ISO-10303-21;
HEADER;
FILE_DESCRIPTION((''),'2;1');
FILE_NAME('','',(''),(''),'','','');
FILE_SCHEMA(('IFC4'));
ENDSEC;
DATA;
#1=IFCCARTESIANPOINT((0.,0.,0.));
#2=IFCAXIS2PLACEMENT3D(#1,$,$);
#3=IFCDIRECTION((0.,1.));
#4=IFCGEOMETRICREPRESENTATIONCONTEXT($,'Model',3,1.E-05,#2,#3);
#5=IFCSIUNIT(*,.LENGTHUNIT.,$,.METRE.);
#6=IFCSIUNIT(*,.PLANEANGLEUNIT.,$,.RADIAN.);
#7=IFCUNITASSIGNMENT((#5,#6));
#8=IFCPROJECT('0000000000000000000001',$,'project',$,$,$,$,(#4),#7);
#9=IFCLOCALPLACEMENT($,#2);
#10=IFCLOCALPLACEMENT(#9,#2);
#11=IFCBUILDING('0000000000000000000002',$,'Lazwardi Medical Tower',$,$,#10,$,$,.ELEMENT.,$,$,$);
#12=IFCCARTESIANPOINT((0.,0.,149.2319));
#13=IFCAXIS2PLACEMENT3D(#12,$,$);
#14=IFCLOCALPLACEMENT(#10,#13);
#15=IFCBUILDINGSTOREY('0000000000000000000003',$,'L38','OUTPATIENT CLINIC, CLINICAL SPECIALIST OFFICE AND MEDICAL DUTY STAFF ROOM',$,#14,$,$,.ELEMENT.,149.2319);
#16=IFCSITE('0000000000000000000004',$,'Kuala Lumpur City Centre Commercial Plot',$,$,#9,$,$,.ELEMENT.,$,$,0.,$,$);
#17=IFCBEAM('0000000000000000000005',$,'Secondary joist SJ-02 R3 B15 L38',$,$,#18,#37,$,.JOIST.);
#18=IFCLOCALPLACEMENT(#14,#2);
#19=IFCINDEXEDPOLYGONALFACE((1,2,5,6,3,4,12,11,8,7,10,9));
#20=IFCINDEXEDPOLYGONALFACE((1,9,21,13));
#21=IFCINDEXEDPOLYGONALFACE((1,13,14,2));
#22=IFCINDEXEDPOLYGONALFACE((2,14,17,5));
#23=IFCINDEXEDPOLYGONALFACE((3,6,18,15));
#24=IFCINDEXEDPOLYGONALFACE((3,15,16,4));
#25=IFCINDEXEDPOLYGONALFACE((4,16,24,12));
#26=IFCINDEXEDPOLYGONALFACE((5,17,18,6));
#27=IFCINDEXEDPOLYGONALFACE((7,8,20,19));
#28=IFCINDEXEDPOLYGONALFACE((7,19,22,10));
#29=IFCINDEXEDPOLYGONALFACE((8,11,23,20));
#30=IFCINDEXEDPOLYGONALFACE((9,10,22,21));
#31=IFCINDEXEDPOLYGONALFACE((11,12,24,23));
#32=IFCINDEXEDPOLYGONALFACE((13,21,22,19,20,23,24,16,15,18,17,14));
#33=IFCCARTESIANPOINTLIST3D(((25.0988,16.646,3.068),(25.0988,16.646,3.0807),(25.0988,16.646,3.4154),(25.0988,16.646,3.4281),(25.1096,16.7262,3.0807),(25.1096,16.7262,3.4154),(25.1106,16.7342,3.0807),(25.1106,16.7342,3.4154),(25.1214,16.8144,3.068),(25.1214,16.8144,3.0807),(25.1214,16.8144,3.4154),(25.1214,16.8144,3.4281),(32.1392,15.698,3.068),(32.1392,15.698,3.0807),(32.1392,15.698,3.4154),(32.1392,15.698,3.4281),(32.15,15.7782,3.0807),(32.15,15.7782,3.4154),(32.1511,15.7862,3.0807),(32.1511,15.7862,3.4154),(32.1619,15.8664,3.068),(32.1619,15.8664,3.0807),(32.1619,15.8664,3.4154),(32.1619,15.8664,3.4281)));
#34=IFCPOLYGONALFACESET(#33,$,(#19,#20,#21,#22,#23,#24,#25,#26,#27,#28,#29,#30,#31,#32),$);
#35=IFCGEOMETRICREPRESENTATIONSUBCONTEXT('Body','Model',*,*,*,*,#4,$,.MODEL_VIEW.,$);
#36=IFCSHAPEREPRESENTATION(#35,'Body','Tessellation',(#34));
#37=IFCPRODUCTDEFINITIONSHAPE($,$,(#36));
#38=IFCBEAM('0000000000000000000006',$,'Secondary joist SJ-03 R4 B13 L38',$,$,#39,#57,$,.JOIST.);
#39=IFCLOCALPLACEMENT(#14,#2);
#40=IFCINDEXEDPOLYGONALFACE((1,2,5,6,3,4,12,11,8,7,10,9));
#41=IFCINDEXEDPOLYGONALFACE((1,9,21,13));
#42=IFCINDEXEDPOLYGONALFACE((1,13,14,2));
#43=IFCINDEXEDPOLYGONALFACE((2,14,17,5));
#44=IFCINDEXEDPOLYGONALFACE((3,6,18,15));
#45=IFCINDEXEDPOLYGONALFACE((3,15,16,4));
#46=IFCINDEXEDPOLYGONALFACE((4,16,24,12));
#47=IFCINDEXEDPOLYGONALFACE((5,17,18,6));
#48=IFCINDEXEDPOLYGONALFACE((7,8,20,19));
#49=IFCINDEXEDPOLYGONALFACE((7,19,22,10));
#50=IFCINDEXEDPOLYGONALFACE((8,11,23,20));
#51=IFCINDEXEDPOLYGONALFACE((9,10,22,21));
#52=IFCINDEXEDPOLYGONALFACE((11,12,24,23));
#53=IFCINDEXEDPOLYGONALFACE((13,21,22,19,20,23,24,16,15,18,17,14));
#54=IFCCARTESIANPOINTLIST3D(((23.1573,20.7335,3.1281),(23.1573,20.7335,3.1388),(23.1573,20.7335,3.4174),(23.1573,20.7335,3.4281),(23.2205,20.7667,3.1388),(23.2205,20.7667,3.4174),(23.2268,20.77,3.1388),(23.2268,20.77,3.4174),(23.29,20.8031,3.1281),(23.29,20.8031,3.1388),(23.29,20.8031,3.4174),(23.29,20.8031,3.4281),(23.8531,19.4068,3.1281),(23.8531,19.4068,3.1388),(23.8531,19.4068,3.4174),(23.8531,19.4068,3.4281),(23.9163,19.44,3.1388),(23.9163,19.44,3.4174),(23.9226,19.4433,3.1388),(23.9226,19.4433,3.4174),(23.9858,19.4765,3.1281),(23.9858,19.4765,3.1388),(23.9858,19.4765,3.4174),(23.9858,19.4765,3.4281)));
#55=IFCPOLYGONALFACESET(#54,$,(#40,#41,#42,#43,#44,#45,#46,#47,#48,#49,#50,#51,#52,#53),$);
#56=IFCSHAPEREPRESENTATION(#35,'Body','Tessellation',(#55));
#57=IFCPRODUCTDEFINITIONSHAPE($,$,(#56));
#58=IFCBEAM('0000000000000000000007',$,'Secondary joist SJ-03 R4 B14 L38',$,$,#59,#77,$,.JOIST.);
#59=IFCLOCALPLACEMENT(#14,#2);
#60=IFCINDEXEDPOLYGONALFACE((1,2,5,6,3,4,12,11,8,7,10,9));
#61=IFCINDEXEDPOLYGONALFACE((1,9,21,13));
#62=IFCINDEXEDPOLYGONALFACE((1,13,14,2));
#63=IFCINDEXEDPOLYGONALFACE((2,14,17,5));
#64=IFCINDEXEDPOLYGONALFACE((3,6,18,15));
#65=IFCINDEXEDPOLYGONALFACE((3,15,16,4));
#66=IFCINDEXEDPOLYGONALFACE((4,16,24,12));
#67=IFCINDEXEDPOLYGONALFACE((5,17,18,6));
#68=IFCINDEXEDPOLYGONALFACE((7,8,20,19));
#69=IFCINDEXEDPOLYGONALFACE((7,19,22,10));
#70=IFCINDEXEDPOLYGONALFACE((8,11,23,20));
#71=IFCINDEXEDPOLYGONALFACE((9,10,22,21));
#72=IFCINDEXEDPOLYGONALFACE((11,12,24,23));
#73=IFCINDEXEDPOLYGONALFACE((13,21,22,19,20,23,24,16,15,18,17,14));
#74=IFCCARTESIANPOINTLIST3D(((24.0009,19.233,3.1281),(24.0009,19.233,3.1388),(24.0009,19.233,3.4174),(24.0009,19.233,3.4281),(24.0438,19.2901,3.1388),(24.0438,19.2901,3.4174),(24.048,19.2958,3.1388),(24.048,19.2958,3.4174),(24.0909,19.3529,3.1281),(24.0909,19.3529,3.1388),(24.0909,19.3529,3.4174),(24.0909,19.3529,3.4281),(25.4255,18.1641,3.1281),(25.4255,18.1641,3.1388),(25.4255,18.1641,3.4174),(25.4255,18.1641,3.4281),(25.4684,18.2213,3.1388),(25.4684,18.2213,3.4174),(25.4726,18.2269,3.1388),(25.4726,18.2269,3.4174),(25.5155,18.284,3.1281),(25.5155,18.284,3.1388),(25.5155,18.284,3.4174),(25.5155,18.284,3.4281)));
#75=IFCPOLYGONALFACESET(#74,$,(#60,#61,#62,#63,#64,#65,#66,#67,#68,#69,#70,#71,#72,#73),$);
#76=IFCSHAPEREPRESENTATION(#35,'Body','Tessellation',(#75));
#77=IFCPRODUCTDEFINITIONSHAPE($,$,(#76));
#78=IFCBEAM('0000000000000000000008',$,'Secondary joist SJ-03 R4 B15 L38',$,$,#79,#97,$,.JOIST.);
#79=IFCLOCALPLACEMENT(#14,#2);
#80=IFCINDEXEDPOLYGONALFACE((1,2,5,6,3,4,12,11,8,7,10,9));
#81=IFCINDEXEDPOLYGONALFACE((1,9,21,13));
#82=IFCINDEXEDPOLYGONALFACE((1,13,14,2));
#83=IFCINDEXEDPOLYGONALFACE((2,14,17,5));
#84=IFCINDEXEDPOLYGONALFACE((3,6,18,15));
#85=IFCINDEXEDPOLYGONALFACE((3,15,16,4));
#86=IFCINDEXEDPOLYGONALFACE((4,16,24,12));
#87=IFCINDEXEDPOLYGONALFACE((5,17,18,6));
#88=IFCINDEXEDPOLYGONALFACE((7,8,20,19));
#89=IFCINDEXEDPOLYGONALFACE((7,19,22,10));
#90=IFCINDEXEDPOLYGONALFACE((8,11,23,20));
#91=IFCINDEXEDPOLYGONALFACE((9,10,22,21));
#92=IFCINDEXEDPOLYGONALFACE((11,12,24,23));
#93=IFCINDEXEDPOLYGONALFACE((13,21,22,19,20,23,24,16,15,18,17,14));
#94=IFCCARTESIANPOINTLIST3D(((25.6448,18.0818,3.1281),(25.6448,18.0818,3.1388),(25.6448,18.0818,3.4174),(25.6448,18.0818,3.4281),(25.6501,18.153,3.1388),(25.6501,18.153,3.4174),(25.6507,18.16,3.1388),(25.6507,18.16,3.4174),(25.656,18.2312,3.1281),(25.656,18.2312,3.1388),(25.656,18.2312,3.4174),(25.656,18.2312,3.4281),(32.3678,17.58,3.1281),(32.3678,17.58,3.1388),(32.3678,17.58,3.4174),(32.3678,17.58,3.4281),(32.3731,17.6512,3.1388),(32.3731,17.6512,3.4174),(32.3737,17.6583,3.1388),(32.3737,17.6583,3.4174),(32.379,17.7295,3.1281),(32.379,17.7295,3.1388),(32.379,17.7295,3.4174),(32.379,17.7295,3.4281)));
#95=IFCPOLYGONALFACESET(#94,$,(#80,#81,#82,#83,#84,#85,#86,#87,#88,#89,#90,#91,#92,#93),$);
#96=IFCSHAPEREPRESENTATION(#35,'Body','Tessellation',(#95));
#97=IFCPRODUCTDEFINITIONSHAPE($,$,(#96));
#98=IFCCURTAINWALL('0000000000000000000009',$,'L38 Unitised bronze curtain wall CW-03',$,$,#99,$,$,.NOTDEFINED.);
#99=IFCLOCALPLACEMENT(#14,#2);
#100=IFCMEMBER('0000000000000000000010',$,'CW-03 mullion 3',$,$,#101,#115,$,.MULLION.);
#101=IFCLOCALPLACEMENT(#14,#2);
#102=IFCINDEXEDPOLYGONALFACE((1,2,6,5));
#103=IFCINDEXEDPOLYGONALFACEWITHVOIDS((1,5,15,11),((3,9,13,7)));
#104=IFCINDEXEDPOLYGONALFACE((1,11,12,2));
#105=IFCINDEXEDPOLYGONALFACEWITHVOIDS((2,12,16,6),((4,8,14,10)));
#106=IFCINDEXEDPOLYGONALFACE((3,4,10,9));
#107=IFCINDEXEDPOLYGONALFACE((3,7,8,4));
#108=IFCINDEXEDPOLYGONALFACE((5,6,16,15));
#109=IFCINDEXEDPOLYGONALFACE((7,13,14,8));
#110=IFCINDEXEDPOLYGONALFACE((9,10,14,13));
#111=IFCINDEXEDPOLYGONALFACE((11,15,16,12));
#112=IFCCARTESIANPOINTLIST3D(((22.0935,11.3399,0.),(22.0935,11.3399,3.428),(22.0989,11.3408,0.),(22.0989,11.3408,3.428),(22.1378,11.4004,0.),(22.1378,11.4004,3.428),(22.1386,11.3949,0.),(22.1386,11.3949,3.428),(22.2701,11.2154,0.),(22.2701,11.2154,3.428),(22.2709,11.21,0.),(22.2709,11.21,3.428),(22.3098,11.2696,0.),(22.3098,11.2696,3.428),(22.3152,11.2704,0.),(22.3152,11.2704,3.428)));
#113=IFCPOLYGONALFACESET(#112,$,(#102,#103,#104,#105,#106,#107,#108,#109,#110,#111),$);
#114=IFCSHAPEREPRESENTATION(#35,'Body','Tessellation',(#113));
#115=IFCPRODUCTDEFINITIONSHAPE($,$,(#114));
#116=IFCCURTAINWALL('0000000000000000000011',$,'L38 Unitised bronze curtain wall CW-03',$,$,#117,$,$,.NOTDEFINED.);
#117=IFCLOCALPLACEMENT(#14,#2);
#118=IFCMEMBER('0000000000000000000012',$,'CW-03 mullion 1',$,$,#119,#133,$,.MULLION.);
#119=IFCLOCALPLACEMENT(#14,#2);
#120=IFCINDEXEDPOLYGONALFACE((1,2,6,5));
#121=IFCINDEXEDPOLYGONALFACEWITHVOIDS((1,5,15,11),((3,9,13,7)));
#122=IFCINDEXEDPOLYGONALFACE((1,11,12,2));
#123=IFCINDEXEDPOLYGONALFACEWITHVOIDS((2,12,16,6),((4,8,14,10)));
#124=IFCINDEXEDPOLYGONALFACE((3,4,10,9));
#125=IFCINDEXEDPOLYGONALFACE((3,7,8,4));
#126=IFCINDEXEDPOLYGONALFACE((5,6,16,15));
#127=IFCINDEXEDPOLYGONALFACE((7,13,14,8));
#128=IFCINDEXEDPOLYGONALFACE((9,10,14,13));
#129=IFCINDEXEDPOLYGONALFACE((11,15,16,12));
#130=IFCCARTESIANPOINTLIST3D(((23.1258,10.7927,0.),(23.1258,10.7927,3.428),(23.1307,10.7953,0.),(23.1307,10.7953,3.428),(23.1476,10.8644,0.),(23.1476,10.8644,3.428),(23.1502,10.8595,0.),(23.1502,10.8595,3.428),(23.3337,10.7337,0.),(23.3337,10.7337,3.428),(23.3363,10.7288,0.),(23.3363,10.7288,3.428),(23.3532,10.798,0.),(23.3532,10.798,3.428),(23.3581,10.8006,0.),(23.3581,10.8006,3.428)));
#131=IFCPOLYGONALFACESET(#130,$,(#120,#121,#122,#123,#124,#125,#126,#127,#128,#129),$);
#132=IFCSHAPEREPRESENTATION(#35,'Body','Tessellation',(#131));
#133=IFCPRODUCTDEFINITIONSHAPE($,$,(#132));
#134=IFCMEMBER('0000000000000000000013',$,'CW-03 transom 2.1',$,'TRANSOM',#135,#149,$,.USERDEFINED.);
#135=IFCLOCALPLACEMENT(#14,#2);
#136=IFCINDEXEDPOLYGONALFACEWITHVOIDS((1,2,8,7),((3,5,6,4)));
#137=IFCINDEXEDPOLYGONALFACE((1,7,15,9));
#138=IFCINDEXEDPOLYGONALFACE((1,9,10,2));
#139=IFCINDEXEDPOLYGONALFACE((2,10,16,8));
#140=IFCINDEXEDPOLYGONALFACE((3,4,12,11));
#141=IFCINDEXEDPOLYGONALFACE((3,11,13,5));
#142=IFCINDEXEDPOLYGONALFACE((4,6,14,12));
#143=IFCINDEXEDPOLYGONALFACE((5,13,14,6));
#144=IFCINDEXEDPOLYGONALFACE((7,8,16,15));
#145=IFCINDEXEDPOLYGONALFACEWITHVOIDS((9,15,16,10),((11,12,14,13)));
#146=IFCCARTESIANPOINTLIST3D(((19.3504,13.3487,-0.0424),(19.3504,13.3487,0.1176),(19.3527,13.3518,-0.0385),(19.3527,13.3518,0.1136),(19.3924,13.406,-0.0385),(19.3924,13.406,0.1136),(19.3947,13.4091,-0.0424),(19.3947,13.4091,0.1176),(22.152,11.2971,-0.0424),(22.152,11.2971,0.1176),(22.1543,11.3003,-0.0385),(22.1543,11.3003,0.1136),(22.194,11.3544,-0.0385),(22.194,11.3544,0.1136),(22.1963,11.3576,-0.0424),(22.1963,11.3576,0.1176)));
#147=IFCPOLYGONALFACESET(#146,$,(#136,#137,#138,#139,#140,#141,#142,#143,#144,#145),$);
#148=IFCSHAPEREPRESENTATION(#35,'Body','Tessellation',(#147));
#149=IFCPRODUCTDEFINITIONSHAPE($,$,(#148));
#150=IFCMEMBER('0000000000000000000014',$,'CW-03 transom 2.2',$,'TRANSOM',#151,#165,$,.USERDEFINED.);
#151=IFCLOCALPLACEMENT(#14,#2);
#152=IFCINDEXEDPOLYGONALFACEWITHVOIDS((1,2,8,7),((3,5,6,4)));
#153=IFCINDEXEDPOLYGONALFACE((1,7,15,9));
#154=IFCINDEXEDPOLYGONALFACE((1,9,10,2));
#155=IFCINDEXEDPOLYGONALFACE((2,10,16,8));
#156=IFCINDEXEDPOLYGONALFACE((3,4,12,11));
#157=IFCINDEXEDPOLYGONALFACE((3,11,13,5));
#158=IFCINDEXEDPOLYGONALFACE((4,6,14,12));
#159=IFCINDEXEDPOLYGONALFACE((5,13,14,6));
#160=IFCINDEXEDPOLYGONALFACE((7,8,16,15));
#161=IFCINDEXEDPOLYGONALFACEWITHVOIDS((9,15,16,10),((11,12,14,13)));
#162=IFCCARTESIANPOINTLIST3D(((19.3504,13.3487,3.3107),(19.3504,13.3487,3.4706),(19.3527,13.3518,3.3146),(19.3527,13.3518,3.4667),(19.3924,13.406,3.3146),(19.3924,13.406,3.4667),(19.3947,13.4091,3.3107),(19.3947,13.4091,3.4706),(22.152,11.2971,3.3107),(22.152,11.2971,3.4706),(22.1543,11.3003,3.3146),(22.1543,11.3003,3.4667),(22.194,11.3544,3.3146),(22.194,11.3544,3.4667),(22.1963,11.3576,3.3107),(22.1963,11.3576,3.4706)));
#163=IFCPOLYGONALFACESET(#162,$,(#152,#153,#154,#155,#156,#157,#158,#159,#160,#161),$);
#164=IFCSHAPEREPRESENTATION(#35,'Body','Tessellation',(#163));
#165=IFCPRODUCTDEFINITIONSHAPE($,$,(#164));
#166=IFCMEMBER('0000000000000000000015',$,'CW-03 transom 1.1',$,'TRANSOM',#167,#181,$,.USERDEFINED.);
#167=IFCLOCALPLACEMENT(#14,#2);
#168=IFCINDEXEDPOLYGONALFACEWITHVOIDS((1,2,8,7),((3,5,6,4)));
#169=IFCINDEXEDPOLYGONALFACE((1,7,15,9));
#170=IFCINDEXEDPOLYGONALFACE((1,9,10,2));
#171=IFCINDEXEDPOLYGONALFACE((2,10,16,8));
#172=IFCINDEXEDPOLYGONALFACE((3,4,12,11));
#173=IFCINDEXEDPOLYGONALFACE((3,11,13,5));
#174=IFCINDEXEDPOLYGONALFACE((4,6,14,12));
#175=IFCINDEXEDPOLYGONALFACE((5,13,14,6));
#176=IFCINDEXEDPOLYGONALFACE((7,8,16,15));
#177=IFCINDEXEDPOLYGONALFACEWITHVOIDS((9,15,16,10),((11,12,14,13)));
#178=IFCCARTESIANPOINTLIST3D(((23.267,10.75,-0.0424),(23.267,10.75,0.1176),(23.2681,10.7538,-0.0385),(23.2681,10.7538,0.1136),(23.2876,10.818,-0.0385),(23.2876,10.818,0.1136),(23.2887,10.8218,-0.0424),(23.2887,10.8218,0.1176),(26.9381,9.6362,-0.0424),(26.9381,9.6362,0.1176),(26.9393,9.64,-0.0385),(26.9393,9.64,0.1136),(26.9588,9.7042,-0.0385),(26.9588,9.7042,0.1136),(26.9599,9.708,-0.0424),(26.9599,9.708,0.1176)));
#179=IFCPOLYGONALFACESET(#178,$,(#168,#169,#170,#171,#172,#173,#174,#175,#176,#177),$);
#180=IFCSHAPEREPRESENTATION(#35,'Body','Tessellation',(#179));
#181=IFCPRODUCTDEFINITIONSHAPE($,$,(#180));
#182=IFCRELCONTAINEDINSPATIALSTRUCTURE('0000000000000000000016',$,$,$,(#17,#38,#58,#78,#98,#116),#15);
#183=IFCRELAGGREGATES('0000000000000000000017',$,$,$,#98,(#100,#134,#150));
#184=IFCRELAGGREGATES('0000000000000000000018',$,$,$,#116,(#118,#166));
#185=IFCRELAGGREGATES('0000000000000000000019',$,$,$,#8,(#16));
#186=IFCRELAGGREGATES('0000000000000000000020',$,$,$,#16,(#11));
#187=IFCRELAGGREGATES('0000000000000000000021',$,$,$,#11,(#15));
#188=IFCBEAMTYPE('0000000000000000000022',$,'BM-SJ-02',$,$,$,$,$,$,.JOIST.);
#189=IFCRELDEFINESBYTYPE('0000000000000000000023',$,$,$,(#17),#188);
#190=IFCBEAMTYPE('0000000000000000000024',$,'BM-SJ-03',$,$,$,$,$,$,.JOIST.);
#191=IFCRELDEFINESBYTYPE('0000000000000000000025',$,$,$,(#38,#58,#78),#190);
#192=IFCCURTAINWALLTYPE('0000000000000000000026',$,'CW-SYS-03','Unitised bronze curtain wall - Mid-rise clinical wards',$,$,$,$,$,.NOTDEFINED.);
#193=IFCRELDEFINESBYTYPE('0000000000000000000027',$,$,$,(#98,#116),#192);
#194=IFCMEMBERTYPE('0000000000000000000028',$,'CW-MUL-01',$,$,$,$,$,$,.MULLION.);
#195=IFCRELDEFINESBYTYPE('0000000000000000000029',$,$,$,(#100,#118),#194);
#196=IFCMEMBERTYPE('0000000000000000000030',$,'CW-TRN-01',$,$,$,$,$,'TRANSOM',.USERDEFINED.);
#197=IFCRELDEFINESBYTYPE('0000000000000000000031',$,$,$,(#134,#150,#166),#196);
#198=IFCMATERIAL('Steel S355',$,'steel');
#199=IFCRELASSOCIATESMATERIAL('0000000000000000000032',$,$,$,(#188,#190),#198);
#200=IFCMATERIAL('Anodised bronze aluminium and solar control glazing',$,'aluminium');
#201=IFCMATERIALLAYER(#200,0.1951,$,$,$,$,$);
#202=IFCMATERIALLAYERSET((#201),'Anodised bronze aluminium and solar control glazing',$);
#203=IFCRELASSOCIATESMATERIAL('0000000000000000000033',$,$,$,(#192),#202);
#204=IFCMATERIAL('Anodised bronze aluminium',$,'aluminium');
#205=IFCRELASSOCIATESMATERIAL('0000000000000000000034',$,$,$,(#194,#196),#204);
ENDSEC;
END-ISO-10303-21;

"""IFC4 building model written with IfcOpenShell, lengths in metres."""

from ifc_helpers import new_model, si_unit, direction, frame, origin, origin_2d, place, context, subcontext, project, spatial, hollow_rectangle, i_section, extrude, material, layer, layer_set, material_profile, profile_set, type_object, element, aggregate, save


model = new_model("IFC4")

# Units and contexts
model_context = context("Model", 3, precision=1e-05, world=origin(), true_north=direction((0.0, 1.0)))
body_context = subcontext(model_context, "Body", "Model", "MODEL_VIEW")
ifc_project = project(units=[si_unit("LENGTHUNIT", "METRE"), si_unit("PLANEANGLEUNIT", "RADIAN")], contexts=[model_context])

# Site, building, storey
site_placement = place(None, origin())
site = spatial("IfcSite", under=ifc_project, at=site_placement, Name="Kuala Lumpur City Centre Commercial Plot", CompositionType="ELEMENT", RefElevation=0.0)
building_placement = place(site_placement, origin())
building = spatial("IfcBuilding", under=site, at=building_placement, Name="Lazwardi Medical Tower", CompositionType="ELEMENT")
storey_placement = place(building_placement, frame((0.0, 0.0, 149.2319)))
storey = spatial("IfcBuildingStorey", under=building, at=storey_placement, Name="L38", Description="OUTPATIENT CLINIC, CLINICAL SPECIALIST OFFICE AND MEDICAL DUTY STAFF ROOM", CompositionType="ELEMENT", Elevation=149.2319)

# Beams
ifc_material_1 = material(Name="Steel S355", Category="steel")
ifc_material_profile_1 = material_profile(ifc_material_1, i_section(OverallWidth=0.1699, OverallDepth=0.3601, WebThickness=0.0081, FlangeThickness=0.0127, at=origin_2d()), Name="IPE 360")
ifc_profile_set_1 = profile_set([ifc_material_profile_1], Name="Steel S355")
beam_type_1 = type_object("IfcBeamType", Name="BM-SJ-02", PredefinedType="JOIST", material=ifc_profile_set_1)
beam_1_placement = place(storey_placement, frame((25.1101, 16.7302, 3.248), z_axis=(0.991056, -0.133444, 0.0), x_axis=(0.133444, 0.991056, 0.0)))
element("IfcBeam", 1, at=beam_1_placement, inside=storey, type_object=beam_type_1, Name="Secondary joist SJ-02 R3 B15 L38", PredefinedType="JOIST", context=body_context, shape_type="SweptSolid", body=[
    extrude(i_section(OverallWidth=0.1699, OverallDepth=0.3601, WebThickness=0.0081, FlangeThickness=0.0127, at=origin_2d()), origin(), (0.0, 0.0, 1.0), 7.104),
])
ifc_material_profile_2 = material_profile(ifc_material_1, i_section(OverallWidth=0.1499, OverallDepth=0.3, WebThickness=0.0071, FlangeThickness=0.0107, at=origin_2d()), Name="IPE 300")
ifc_profile_set_2 = profile_set([ifc_material_profile_2], Name="Steel S355")
beam_type_2 = type_object("IfcBeamType", Name="BM-SJ-03", PredefinedType="JOIST", material=ifc_profile_set_2)
beam_2_placement = place(storey_placement, frame((23.2236, 20.7683, 3.2781), z_axis=(0.46447, -0.885589, 0.0), x_axis=(0.885589, 0.46447, 0.0)))
element("IfcBeam", 2, at=beam_2_placement, inside=storey, type_object=beam_type_2, Name="Secondary joist SJ-03 R4 B13 L38", PredefinedType="JOIST", context=body_context, shape_type="SweptSolid", body=[
    extrude(i_section(OverallWidth=0.1499, OverallDepth=0.3, WebThickness=0.0071, FlangeThickness=0.0107, at=origin_2d()), origin(), (0.0, 0.0, 1.0), 1.498),
])
beam_3_placement = place(storey_placement, frame((24.0459, 19.293, 3.2781), z_axis=(0.799885, -0.600154, 0.0), x_axis=(0.600154, 0.799885, 0.0)))
element("IfcBeam", 3, at=beam_3_placement, inside=storey, type_object=beam_type_2, Name="Secondary joist SJ-03 R4 B14 L38", PredefinedType="JOIST", context=body_context, shape_type="SweptSolid", body=[
    extrude(i_section(OverallWidth=0.1499, OverallDepth=0.3, WebThickness=0.0071, FlangeThickness=0.0107, at=origin_2d()), origin(), (0.0, 0.0, 1.0), 1.781),
])
beam_4_placement = place(storey_placement, frame((25.6504, 18.1565, 3.2781), z_axis=(0.997227, -0.07442, 0.0), x_axis=(0.07442, 0.997227, 0.0)))
element("IfcBeam", 4, at=beam_4_placement, inside=storey, type_object=beam_type_2, Name="Secondary joist SJ-03 R4 B15 L38", PredefinedType="JOIST", context=body_context, shape_type="SweptSolid", body=[
    extrude(i_section(OverallWidth=0.1499, OverallDepth=0.3, WebThickness=0.0071, FlangeThickness=0.0107, at=origin_2d()), origin(), (0.0, 0.0, 1.0), 6.7417),
])

# Curtain walls, members
ifc_material_2 = material(Name="Anodised bronze aluminium and solar control glazing", Category="aluminium")
ifc_layer_1 = layer(ifc_material_2, 0.1951)
ifc_layer_set_1 = layer_set([ifc_layer_1], Name="Anodised bronze aluminium and solar control glazing")
curtain_wall_type = type_object("IfcCurtainWallType", Name="CW-SYS-03", Description="Unitised bronze curtain wall - Mid-rise clinical wards", PredefinedType="NOTDEFINED", material=ifc_layer_set_1)
curtain_wall_1_placement = place(storey_placement, origin())
curtain_wall_1 = element("IfcCurtainWall", 5, at=curtain_wall_1_placement, inside=storey, type_object=curtain_wall_type, Name="L38 Unitised bronze curtain wall CW-03", PredefinedType="NOTDEFINED")
ifc_material_3 = material(Name="Anodised bronze aluminium", Category="aluminium")
ifc_material_profile_3 = material_profile(ifc_material_3, hollow_rectangle(XDim=0.075, YDim=0.22, WallThickness=0.0039, at=origin_2d()), Name="ALU-MULLION 220x75x4")
ifc_profile_set_3 = profile_set([ifc_material_profile_3], Name="Anodised bronze aluminium")
member_type_1 = type_object("IfcMemberType", Name="CW-MUL-01", PredefinedType="MULLION", material=ifc_profile_set_3)
member_1_placement = place(storey_placement, frame((22.2043, 11.3052, 0.0), z_axis=(0.0, 0.0, 1.0), x_axis=(0.590834, 0.806793, 0.0)))
member_1 = element("IfcMember", 6, at=member_1_placement, type_object=member_type_1, Name="CW-03 mullion 3", PredefinedType="MULLION", context=body_context, shape_type="SweptSolid", body=[
    extrude(hollow_rectangle(XDim=0.075, YDim=0.22, WallThickness=0.0039, at=origin_2d()), origin(), (0.0, 0.0, 1.0), 3.428),
])
curtain_wall_2_placement = place(storey_placement, origin())
curtain_wall_2 = element("IfcCurtainWall", 7, at=curtain_wall_2_placement, inside=storey, type_object=curtain_wall_type, Name="L38 Unitised bronze curtain wall CW-03", PredefinedType="NOTDEFINED")
member_2_placement = place(storey_placement, frame((23.2419, 10.7966, 0.0), z_axis=(0.0, 0.0, 1.0), x_axis=(0.290281, 0.956942, 0.0)))
member_2 = element("IfcMember", 8, at=member_2_placement, type_object=member_type_1, Name="CW-03 mullion 1", PredefinedType="MULLION", context=body_context, shape_type="SweptSolid", body=[
    extrude(hollow_rectangle(XDim=0.075, YDim=0.22, WallThickness=0.0039, at=origin_2d()), origin(), (0.0, 0.0, 1.0), 3.428),
])

# Members
ifc_material_profile_4 = material_profile(ifc_material_3, hollow_rectangle(XDim=0.075, YDim=0.1599, WallThickness=0.0039, at=origin_2d()), Name="ALU-TRANSOM 160x75x4")
ifc_profile_set_4 = profile_set([ifc_material_profile_4], Name="Anodised bronze aluminium")
member_type_2 = type_object("IfcMemberType", Name="CW-TRN-01", ElementType="TRANSOM", PredefinedType="USERDEFINED", material=ifc_profile_set_4)
member_3_placement = place(storey_placement, frame((19.3726, 13.3789, 0.0376), z_axis=(0.806807, -0.590815, 0.0), x_axis=(0.590815, 0.806807, 0.0)))
member_3 = element("IfcMember", 9, at=member_3_placement, type_object=member_type_2, Name="CW-03 transom 2.1", ObjectType="TRANSOM", PredefinedType="USERDEFINED", context=body_context, shape_type="SweptSolid", body=[
    extrude(hollow_rectangle(XDim=0.075, YDim=0.1599, WallThickness=0.0039, at=origin_2d()), origin(), (0.0, 0.0, 1.0), 3.4724),
])
member_4_placement = place(storey_placement, frame((19.3726, 13.3789, 3.3906), z_axis=(0.806807, -0.590815, 0.0), x_axis=(0.590815, 0.806807, 0.0)))
member_4 = element("IfcMember", 10, at=member_4_placement, type_object=member_type_2, Name="CW-03 transom 2.2", ObjectType="TRANSOM", PredefinedType="USERDEFINED", context=body_context, shape_type="SweptSolid", body=[
    extrude(hollow_rectangle(XDim=0.075, YDim=0.1599, WallThickness=0.0039, at=origin_2d()), origin(), (0.0, 0.0, 1.0), 3.4724),
])
member_5_placement = place(storey_placement, frame((23.2778, 10.7859, 0.0376), z_axis=(0.95693, -0.290318, 0.0), x_axis=(0.290318, 0.95693, 0.0)))
member_5 = element("IfcMember", 11, at=member_5_placement, type_object=member_type_2, Name="CW-03 transom 1.1", ObjectType="TRANSOM", PredefinedType="USERDEFINED", context=body_context, shape_type="SweptSolid", body=[
    extrude(hollow_rectangle(XDim=0.075, YDim=0.1599, WallThickness=0.0039, at=origin_2d()), origin(), (0.0, 0.0, 1.0), 3.8364),
])

aggregate(curtain_wall_1, [member_1, member_3, member_4])
aggregate(curtain_wall_2, [member_2, member_5])

save(model, "model.ifc")
